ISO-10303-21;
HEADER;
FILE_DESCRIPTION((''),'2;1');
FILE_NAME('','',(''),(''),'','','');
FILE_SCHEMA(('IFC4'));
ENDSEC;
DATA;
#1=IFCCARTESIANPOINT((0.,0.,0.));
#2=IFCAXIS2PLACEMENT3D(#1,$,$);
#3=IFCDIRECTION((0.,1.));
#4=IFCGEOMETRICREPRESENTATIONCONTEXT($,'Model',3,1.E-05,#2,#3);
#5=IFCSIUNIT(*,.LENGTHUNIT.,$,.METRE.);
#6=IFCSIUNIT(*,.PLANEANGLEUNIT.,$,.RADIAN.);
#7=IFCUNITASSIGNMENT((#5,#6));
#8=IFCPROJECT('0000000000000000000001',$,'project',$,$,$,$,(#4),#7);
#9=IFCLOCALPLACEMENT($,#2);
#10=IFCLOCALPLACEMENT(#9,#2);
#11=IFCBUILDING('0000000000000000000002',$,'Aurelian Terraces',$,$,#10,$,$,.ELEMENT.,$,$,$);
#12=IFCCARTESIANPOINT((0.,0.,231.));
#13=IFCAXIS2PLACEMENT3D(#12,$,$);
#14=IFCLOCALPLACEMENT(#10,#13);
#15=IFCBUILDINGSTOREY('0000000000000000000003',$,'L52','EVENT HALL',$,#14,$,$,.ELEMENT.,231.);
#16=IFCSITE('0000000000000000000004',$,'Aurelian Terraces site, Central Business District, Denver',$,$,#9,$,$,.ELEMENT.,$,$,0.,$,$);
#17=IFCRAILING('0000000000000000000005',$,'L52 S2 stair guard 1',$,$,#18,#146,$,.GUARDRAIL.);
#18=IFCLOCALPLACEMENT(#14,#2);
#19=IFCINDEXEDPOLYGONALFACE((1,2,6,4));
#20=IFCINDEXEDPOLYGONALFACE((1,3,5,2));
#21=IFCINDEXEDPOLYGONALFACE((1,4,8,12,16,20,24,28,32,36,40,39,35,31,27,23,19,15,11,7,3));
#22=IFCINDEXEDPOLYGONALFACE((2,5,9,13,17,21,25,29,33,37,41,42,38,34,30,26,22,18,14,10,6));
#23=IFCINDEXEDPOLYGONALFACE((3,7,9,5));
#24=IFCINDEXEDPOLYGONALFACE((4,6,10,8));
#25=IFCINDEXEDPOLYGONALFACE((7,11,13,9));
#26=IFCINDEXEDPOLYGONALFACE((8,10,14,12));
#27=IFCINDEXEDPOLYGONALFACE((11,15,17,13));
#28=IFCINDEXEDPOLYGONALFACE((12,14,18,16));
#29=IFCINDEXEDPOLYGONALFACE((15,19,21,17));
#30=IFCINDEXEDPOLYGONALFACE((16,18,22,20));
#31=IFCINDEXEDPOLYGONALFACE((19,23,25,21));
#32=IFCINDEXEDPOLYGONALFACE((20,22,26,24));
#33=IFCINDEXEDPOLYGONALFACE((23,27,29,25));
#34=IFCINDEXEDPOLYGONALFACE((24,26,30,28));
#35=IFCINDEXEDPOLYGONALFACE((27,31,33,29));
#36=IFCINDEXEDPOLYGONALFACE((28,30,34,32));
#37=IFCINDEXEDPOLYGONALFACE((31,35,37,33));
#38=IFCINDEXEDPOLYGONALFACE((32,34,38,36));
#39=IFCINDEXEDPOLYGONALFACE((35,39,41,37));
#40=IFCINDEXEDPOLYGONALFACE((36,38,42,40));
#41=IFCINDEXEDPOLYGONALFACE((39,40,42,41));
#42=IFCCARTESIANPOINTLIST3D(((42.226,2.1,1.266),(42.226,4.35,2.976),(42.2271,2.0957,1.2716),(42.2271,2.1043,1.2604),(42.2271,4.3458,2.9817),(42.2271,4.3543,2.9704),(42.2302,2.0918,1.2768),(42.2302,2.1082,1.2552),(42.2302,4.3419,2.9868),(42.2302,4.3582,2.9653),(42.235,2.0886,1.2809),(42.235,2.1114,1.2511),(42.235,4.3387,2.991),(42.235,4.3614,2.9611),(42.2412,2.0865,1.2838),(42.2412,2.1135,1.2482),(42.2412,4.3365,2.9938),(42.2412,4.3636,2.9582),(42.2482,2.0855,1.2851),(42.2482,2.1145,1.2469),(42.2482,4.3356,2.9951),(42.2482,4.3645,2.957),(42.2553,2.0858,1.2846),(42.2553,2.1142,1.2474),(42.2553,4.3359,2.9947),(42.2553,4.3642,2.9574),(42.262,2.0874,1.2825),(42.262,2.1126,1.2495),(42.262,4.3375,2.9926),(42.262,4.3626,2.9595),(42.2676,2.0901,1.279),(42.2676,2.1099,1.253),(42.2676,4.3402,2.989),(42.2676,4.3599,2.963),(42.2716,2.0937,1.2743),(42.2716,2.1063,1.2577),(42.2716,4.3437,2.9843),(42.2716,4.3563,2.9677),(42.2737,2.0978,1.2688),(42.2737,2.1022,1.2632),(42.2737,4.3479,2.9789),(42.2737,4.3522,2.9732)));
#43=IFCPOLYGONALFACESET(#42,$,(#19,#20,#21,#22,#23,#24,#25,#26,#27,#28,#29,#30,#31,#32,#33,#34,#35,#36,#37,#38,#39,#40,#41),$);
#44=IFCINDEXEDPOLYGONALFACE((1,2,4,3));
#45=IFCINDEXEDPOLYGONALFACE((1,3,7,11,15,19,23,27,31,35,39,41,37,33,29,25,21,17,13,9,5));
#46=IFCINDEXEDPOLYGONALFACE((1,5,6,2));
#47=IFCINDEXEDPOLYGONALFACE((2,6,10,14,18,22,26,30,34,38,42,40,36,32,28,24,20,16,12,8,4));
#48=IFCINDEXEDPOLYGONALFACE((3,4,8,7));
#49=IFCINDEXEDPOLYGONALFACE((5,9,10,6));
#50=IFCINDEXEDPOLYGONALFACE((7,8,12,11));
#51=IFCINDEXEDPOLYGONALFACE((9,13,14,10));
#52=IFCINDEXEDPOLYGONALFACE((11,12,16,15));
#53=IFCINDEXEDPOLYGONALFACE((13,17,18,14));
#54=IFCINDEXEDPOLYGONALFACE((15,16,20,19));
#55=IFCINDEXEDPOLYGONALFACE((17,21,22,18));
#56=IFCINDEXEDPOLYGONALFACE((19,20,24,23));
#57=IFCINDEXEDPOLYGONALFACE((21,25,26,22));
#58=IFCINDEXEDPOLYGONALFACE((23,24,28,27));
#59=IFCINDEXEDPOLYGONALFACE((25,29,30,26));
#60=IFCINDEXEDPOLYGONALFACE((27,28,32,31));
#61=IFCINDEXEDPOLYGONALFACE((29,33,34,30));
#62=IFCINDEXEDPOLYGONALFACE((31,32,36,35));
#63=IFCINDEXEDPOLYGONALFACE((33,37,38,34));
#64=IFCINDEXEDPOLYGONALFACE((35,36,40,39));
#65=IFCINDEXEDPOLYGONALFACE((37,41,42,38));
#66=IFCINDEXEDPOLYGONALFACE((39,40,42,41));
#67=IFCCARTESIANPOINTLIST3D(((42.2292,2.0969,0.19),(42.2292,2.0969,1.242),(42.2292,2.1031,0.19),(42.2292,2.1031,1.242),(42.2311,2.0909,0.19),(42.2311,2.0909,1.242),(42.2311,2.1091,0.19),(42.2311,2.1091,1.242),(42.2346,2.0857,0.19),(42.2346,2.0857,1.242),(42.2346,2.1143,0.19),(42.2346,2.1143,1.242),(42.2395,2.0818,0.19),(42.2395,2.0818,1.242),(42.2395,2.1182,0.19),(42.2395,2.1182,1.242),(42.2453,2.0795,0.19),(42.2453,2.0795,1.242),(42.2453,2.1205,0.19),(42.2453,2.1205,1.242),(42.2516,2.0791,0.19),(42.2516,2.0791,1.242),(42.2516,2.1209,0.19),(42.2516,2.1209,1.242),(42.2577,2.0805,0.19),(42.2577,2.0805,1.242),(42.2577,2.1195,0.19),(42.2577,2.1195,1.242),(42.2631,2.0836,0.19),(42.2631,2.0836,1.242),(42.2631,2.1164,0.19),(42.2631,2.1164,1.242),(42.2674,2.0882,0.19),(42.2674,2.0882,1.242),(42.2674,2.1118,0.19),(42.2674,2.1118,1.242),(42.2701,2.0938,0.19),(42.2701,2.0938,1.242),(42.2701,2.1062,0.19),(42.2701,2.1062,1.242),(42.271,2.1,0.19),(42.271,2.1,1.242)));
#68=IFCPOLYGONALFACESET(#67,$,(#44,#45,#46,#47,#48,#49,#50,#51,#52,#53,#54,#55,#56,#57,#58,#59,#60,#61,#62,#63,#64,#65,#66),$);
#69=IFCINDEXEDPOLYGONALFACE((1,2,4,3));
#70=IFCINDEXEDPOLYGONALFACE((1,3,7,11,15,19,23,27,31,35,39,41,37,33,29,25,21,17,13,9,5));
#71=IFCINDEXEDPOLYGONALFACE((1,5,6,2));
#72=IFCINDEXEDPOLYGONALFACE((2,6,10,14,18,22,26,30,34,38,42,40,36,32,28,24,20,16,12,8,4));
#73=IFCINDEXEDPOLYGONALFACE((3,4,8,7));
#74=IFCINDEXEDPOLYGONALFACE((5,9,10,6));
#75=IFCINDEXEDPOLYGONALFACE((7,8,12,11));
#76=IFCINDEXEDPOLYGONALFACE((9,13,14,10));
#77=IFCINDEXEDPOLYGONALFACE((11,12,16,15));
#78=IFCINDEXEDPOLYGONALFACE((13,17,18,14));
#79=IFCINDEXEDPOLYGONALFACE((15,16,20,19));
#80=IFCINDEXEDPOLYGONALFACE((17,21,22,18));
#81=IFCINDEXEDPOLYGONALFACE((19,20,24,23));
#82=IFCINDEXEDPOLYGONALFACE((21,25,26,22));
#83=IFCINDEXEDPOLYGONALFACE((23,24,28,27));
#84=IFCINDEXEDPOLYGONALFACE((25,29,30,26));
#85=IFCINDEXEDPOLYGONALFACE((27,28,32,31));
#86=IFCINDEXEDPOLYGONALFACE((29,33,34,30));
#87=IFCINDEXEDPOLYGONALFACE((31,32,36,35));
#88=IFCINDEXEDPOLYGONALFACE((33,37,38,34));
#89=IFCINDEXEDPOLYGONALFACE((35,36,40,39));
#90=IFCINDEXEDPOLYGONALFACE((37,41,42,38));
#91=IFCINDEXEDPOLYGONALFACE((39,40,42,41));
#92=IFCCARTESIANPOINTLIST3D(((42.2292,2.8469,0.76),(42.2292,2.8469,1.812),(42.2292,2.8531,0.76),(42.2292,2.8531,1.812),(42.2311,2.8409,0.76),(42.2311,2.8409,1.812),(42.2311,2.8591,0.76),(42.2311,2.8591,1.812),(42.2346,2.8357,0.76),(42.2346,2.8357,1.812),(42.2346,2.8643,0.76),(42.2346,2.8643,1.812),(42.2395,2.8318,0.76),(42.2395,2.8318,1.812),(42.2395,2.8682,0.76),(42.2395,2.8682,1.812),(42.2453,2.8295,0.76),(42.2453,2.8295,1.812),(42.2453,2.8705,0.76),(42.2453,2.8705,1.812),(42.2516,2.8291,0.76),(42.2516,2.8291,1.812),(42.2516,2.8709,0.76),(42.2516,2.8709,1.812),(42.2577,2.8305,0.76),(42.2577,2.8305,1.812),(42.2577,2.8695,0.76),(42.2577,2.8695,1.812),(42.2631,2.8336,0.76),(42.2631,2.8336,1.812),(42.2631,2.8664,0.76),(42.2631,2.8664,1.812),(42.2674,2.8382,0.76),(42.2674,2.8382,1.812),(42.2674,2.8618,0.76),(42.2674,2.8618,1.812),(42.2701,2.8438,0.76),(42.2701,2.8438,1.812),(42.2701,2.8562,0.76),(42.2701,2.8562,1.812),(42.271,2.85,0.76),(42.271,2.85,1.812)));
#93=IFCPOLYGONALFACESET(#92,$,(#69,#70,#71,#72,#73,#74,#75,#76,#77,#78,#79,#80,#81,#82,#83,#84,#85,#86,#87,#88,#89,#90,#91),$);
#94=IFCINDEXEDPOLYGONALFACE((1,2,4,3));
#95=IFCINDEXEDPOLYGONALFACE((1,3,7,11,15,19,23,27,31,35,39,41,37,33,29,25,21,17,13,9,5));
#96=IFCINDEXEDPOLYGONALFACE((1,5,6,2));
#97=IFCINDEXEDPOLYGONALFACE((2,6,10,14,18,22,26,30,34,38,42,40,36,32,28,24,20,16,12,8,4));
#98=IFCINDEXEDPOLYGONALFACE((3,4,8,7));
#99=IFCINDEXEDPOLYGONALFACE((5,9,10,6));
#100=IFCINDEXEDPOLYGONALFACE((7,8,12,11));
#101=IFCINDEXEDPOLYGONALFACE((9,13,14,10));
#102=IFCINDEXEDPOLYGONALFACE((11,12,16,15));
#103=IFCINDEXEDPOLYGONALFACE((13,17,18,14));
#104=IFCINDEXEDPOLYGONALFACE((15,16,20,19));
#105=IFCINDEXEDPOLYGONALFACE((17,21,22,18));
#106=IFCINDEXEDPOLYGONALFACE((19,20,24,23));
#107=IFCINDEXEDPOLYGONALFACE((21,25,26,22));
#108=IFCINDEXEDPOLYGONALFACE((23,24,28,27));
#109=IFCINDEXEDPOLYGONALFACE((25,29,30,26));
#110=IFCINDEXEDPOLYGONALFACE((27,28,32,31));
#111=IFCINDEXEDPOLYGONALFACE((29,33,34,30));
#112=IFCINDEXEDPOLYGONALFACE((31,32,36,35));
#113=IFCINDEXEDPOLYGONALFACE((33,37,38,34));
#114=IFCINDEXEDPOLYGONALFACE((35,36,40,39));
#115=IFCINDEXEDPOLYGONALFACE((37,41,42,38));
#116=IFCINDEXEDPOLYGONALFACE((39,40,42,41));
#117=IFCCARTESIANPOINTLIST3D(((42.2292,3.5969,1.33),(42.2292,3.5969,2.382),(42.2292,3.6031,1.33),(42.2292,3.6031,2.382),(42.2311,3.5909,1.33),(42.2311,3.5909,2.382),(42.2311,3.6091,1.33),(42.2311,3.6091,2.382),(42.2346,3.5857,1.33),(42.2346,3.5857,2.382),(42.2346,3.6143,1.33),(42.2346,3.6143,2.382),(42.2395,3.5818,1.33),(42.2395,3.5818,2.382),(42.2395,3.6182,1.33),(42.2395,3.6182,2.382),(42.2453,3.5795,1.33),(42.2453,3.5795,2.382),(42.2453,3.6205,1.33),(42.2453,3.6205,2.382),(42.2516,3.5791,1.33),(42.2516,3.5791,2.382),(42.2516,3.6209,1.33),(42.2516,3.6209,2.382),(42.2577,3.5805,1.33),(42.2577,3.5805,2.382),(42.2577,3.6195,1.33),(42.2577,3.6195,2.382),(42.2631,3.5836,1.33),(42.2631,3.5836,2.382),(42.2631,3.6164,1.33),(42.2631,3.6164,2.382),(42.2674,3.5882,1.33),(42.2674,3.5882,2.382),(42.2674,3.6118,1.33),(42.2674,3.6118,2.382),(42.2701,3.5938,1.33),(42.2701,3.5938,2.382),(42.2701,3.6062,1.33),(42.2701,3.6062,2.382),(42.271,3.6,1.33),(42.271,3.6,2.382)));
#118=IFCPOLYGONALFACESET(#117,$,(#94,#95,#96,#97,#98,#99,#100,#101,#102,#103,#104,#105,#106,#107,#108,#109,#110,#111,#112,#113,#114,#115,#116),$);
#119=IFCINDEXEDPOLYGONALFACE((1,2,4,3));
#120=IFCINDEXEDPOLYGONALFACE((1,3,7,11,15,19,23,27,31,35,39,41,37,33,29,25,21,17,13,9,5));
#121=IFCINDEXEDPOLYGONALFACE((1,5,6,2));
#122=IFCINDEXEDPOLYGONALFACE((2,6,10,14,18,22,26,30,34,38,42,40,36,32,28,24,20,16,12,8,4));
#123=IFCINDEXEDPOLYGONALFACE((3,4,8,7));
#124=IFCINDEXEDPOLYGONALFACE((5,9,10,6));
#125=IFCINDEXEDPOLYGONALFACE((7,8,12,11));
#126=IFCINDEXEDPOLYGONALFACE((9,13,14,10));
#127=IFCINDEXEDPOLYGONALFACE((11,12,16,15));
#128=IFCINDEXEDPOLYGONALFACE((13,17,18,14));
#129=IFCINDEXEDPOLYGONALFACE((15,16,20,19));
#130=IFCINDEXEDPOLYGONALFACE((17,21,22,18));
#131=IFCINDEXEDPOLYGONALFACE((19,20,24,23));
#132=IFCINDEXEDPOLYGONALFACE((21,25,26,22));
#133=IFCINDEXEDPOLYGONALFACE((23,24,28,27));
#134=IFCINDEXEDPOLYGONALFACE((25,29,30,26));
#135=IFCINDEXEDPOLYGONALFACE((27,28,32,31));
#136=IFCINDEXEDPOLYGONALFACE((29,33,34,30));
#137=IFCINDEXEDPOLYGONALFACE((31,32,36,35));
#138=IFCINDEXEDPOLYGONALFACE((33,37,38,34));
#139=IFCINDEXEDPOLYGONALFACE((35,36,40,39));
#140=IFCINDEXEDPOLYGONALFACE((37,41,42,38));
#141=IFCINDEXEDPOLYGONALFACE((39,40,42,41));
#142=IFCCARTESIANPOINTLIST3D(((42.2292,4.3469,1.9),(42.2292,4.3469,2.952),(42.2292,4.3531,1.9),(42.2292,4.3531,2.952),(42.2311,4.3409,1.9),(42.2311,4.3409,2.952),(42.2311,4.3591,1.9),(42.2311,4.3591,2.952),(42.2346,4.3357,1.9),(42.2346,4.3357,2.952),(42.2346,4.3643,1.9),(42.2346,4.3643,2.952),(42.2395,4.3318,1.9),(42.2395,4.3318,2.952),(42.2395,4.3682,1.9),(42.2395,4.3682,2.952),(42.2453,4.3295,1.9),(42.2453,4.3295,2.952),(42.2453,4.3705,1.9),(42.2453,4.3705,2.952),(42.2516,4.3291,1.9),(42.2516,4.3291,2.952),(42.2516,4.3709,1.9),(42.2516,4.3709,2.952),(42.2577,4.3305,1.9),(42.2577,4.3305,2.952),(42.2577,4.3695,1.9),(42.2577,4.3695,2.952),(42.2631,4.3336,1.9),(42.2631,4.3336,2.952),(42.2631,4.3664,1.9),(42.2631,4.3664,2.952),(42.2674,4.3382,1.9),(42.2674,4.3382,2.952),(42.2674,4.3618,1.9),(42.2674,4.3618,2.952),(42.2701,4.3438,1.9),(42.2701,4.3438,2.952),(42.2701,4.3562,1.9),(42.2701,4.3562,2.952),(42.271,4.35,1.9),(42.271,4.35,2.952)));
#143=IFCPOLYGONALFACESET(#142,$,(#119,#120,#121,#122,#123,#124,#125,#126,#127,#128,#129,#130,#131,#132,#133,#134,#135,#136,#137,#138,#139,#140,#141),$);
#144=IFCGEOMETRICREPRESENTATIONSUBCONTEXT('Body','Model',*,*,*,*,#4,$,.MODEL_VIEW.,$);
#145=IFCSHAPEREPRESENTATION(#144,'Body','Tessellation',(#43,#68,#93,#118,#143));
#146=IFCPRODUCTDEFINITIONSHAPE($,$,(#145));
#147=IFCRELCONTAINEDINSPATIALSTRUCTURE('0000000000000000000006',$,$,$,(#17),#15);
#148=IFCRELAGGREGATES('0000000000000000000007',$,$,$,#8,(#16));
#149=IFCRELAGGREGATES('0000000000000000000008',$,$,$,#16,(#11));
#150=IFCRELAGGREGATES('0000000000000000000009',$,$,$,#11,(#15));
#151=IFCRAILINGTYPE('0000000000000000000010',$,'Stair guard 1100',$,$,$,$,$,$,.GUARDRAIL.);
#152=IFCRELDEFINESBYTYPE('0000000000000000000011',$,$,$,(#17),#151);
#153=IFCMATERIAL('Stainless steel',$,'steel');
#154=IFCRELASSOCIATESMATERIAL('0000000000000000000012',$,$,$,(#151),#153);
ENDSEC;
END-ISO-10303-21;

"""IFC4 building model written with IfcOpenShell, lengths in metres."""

from ifc_helpers import new_model, si_unit, direction, frame, origin, origin_2d, place, context, subcontext, project, spatial, circle, extrude, source, transform, mapped, material, type_object, element, save


model = new_model("IFC4")

# Units and contexts
model_context = context("Model", 3, precision=1e-05, world=origin(), true_north=direction((0.0, 1.0)))
body_context = subcontext(model_context, "Body", "Model", "MODEL_VIEW")
ifc_project = project(units=[si_unit("LENGTHUNIT", "METRE"), si_unit("PLANEANGLEUNIT", "RADIAN")], contexts=[model_context])

# Site, building, storey
site_placement = place(None, origin())
site = spatial("IfcSite", under=ifc_project, at=site_placement, Name="Aurelian Terraces site, Central Business District, Denver", CompositionType="ELEMENT", RefElevation=0.0)
building_placement = place(site_placement, origin())
building = spatial("IfcBuilding", under=site, at=building_placement, Name="Aurelian Terraces", CompositionType="ELEMENT")
storey_placement = place(building_placement, frame((0.0, 0.0, 231.0)))
storey = spatial("IfcBuildingStorey", under=building, at=storey_placement, Name="L52", Description="EVENT HALL", CompositionType="ELEMENT", Elevation=231.0)

# Railing
ifc_material_1 = material(Name="Stainless steel", Category="steel")
railing_type_1 = type_object("IfcRailingType", Name="Stair guard 1100", PredefinedType="GUARDRAIL", material=ifc_material_1)
shared_shape_1 = source(origin(), body_context, "Body", "SweptSolid", [
    extrude(circle(Radius=0.024, at=origin_2d()), frame((0.0, 0.0, 1.076), z_axis=(0.0, 0.796162, 0.605083), x_axis=(-1.0, 0.0, 0.0)), (0.0, 0.0, 1.0), 2.8261),
    extrude(circle(Radius=0.021, at=origin_2d()), origin(), (0.0, 0.0, 1.0), 1.052),
    extrude(circle(Radius=0.021, at=origin_2d()), frame((0.0, 0.75, 0.57)), (0.0, 0.0, 1.0), 1.052),
    extrude(circle(Radius=0.021, at=origin_2d()), frame((0.0, 1.5, 1.14)), (0.0, 0.0, 1.0), 1.052),
    extrude(circle(Radius=0.021, at=origin_2d()), frame((0.0, 2.25, 1.71)), (0.0, 0.0, 1.0), 1.052),
])
railing_1_placement = place(storey_placement, frame((42.25, 2.1, 0.19)))
element("IfcRailing", 1, at=railing_1_placement, inside=storey, type_object=railing_type_1, Name="L52 S2 stair guard 1", PredefinedType="GUARDRAIL", context=body_context, shape_type="MappedRepresentation", body=[
    mapped(shared_shape_1, transform((0.0, 0.0, 0.0), scale=1.0)),
])

save(model, "model.ifc")
